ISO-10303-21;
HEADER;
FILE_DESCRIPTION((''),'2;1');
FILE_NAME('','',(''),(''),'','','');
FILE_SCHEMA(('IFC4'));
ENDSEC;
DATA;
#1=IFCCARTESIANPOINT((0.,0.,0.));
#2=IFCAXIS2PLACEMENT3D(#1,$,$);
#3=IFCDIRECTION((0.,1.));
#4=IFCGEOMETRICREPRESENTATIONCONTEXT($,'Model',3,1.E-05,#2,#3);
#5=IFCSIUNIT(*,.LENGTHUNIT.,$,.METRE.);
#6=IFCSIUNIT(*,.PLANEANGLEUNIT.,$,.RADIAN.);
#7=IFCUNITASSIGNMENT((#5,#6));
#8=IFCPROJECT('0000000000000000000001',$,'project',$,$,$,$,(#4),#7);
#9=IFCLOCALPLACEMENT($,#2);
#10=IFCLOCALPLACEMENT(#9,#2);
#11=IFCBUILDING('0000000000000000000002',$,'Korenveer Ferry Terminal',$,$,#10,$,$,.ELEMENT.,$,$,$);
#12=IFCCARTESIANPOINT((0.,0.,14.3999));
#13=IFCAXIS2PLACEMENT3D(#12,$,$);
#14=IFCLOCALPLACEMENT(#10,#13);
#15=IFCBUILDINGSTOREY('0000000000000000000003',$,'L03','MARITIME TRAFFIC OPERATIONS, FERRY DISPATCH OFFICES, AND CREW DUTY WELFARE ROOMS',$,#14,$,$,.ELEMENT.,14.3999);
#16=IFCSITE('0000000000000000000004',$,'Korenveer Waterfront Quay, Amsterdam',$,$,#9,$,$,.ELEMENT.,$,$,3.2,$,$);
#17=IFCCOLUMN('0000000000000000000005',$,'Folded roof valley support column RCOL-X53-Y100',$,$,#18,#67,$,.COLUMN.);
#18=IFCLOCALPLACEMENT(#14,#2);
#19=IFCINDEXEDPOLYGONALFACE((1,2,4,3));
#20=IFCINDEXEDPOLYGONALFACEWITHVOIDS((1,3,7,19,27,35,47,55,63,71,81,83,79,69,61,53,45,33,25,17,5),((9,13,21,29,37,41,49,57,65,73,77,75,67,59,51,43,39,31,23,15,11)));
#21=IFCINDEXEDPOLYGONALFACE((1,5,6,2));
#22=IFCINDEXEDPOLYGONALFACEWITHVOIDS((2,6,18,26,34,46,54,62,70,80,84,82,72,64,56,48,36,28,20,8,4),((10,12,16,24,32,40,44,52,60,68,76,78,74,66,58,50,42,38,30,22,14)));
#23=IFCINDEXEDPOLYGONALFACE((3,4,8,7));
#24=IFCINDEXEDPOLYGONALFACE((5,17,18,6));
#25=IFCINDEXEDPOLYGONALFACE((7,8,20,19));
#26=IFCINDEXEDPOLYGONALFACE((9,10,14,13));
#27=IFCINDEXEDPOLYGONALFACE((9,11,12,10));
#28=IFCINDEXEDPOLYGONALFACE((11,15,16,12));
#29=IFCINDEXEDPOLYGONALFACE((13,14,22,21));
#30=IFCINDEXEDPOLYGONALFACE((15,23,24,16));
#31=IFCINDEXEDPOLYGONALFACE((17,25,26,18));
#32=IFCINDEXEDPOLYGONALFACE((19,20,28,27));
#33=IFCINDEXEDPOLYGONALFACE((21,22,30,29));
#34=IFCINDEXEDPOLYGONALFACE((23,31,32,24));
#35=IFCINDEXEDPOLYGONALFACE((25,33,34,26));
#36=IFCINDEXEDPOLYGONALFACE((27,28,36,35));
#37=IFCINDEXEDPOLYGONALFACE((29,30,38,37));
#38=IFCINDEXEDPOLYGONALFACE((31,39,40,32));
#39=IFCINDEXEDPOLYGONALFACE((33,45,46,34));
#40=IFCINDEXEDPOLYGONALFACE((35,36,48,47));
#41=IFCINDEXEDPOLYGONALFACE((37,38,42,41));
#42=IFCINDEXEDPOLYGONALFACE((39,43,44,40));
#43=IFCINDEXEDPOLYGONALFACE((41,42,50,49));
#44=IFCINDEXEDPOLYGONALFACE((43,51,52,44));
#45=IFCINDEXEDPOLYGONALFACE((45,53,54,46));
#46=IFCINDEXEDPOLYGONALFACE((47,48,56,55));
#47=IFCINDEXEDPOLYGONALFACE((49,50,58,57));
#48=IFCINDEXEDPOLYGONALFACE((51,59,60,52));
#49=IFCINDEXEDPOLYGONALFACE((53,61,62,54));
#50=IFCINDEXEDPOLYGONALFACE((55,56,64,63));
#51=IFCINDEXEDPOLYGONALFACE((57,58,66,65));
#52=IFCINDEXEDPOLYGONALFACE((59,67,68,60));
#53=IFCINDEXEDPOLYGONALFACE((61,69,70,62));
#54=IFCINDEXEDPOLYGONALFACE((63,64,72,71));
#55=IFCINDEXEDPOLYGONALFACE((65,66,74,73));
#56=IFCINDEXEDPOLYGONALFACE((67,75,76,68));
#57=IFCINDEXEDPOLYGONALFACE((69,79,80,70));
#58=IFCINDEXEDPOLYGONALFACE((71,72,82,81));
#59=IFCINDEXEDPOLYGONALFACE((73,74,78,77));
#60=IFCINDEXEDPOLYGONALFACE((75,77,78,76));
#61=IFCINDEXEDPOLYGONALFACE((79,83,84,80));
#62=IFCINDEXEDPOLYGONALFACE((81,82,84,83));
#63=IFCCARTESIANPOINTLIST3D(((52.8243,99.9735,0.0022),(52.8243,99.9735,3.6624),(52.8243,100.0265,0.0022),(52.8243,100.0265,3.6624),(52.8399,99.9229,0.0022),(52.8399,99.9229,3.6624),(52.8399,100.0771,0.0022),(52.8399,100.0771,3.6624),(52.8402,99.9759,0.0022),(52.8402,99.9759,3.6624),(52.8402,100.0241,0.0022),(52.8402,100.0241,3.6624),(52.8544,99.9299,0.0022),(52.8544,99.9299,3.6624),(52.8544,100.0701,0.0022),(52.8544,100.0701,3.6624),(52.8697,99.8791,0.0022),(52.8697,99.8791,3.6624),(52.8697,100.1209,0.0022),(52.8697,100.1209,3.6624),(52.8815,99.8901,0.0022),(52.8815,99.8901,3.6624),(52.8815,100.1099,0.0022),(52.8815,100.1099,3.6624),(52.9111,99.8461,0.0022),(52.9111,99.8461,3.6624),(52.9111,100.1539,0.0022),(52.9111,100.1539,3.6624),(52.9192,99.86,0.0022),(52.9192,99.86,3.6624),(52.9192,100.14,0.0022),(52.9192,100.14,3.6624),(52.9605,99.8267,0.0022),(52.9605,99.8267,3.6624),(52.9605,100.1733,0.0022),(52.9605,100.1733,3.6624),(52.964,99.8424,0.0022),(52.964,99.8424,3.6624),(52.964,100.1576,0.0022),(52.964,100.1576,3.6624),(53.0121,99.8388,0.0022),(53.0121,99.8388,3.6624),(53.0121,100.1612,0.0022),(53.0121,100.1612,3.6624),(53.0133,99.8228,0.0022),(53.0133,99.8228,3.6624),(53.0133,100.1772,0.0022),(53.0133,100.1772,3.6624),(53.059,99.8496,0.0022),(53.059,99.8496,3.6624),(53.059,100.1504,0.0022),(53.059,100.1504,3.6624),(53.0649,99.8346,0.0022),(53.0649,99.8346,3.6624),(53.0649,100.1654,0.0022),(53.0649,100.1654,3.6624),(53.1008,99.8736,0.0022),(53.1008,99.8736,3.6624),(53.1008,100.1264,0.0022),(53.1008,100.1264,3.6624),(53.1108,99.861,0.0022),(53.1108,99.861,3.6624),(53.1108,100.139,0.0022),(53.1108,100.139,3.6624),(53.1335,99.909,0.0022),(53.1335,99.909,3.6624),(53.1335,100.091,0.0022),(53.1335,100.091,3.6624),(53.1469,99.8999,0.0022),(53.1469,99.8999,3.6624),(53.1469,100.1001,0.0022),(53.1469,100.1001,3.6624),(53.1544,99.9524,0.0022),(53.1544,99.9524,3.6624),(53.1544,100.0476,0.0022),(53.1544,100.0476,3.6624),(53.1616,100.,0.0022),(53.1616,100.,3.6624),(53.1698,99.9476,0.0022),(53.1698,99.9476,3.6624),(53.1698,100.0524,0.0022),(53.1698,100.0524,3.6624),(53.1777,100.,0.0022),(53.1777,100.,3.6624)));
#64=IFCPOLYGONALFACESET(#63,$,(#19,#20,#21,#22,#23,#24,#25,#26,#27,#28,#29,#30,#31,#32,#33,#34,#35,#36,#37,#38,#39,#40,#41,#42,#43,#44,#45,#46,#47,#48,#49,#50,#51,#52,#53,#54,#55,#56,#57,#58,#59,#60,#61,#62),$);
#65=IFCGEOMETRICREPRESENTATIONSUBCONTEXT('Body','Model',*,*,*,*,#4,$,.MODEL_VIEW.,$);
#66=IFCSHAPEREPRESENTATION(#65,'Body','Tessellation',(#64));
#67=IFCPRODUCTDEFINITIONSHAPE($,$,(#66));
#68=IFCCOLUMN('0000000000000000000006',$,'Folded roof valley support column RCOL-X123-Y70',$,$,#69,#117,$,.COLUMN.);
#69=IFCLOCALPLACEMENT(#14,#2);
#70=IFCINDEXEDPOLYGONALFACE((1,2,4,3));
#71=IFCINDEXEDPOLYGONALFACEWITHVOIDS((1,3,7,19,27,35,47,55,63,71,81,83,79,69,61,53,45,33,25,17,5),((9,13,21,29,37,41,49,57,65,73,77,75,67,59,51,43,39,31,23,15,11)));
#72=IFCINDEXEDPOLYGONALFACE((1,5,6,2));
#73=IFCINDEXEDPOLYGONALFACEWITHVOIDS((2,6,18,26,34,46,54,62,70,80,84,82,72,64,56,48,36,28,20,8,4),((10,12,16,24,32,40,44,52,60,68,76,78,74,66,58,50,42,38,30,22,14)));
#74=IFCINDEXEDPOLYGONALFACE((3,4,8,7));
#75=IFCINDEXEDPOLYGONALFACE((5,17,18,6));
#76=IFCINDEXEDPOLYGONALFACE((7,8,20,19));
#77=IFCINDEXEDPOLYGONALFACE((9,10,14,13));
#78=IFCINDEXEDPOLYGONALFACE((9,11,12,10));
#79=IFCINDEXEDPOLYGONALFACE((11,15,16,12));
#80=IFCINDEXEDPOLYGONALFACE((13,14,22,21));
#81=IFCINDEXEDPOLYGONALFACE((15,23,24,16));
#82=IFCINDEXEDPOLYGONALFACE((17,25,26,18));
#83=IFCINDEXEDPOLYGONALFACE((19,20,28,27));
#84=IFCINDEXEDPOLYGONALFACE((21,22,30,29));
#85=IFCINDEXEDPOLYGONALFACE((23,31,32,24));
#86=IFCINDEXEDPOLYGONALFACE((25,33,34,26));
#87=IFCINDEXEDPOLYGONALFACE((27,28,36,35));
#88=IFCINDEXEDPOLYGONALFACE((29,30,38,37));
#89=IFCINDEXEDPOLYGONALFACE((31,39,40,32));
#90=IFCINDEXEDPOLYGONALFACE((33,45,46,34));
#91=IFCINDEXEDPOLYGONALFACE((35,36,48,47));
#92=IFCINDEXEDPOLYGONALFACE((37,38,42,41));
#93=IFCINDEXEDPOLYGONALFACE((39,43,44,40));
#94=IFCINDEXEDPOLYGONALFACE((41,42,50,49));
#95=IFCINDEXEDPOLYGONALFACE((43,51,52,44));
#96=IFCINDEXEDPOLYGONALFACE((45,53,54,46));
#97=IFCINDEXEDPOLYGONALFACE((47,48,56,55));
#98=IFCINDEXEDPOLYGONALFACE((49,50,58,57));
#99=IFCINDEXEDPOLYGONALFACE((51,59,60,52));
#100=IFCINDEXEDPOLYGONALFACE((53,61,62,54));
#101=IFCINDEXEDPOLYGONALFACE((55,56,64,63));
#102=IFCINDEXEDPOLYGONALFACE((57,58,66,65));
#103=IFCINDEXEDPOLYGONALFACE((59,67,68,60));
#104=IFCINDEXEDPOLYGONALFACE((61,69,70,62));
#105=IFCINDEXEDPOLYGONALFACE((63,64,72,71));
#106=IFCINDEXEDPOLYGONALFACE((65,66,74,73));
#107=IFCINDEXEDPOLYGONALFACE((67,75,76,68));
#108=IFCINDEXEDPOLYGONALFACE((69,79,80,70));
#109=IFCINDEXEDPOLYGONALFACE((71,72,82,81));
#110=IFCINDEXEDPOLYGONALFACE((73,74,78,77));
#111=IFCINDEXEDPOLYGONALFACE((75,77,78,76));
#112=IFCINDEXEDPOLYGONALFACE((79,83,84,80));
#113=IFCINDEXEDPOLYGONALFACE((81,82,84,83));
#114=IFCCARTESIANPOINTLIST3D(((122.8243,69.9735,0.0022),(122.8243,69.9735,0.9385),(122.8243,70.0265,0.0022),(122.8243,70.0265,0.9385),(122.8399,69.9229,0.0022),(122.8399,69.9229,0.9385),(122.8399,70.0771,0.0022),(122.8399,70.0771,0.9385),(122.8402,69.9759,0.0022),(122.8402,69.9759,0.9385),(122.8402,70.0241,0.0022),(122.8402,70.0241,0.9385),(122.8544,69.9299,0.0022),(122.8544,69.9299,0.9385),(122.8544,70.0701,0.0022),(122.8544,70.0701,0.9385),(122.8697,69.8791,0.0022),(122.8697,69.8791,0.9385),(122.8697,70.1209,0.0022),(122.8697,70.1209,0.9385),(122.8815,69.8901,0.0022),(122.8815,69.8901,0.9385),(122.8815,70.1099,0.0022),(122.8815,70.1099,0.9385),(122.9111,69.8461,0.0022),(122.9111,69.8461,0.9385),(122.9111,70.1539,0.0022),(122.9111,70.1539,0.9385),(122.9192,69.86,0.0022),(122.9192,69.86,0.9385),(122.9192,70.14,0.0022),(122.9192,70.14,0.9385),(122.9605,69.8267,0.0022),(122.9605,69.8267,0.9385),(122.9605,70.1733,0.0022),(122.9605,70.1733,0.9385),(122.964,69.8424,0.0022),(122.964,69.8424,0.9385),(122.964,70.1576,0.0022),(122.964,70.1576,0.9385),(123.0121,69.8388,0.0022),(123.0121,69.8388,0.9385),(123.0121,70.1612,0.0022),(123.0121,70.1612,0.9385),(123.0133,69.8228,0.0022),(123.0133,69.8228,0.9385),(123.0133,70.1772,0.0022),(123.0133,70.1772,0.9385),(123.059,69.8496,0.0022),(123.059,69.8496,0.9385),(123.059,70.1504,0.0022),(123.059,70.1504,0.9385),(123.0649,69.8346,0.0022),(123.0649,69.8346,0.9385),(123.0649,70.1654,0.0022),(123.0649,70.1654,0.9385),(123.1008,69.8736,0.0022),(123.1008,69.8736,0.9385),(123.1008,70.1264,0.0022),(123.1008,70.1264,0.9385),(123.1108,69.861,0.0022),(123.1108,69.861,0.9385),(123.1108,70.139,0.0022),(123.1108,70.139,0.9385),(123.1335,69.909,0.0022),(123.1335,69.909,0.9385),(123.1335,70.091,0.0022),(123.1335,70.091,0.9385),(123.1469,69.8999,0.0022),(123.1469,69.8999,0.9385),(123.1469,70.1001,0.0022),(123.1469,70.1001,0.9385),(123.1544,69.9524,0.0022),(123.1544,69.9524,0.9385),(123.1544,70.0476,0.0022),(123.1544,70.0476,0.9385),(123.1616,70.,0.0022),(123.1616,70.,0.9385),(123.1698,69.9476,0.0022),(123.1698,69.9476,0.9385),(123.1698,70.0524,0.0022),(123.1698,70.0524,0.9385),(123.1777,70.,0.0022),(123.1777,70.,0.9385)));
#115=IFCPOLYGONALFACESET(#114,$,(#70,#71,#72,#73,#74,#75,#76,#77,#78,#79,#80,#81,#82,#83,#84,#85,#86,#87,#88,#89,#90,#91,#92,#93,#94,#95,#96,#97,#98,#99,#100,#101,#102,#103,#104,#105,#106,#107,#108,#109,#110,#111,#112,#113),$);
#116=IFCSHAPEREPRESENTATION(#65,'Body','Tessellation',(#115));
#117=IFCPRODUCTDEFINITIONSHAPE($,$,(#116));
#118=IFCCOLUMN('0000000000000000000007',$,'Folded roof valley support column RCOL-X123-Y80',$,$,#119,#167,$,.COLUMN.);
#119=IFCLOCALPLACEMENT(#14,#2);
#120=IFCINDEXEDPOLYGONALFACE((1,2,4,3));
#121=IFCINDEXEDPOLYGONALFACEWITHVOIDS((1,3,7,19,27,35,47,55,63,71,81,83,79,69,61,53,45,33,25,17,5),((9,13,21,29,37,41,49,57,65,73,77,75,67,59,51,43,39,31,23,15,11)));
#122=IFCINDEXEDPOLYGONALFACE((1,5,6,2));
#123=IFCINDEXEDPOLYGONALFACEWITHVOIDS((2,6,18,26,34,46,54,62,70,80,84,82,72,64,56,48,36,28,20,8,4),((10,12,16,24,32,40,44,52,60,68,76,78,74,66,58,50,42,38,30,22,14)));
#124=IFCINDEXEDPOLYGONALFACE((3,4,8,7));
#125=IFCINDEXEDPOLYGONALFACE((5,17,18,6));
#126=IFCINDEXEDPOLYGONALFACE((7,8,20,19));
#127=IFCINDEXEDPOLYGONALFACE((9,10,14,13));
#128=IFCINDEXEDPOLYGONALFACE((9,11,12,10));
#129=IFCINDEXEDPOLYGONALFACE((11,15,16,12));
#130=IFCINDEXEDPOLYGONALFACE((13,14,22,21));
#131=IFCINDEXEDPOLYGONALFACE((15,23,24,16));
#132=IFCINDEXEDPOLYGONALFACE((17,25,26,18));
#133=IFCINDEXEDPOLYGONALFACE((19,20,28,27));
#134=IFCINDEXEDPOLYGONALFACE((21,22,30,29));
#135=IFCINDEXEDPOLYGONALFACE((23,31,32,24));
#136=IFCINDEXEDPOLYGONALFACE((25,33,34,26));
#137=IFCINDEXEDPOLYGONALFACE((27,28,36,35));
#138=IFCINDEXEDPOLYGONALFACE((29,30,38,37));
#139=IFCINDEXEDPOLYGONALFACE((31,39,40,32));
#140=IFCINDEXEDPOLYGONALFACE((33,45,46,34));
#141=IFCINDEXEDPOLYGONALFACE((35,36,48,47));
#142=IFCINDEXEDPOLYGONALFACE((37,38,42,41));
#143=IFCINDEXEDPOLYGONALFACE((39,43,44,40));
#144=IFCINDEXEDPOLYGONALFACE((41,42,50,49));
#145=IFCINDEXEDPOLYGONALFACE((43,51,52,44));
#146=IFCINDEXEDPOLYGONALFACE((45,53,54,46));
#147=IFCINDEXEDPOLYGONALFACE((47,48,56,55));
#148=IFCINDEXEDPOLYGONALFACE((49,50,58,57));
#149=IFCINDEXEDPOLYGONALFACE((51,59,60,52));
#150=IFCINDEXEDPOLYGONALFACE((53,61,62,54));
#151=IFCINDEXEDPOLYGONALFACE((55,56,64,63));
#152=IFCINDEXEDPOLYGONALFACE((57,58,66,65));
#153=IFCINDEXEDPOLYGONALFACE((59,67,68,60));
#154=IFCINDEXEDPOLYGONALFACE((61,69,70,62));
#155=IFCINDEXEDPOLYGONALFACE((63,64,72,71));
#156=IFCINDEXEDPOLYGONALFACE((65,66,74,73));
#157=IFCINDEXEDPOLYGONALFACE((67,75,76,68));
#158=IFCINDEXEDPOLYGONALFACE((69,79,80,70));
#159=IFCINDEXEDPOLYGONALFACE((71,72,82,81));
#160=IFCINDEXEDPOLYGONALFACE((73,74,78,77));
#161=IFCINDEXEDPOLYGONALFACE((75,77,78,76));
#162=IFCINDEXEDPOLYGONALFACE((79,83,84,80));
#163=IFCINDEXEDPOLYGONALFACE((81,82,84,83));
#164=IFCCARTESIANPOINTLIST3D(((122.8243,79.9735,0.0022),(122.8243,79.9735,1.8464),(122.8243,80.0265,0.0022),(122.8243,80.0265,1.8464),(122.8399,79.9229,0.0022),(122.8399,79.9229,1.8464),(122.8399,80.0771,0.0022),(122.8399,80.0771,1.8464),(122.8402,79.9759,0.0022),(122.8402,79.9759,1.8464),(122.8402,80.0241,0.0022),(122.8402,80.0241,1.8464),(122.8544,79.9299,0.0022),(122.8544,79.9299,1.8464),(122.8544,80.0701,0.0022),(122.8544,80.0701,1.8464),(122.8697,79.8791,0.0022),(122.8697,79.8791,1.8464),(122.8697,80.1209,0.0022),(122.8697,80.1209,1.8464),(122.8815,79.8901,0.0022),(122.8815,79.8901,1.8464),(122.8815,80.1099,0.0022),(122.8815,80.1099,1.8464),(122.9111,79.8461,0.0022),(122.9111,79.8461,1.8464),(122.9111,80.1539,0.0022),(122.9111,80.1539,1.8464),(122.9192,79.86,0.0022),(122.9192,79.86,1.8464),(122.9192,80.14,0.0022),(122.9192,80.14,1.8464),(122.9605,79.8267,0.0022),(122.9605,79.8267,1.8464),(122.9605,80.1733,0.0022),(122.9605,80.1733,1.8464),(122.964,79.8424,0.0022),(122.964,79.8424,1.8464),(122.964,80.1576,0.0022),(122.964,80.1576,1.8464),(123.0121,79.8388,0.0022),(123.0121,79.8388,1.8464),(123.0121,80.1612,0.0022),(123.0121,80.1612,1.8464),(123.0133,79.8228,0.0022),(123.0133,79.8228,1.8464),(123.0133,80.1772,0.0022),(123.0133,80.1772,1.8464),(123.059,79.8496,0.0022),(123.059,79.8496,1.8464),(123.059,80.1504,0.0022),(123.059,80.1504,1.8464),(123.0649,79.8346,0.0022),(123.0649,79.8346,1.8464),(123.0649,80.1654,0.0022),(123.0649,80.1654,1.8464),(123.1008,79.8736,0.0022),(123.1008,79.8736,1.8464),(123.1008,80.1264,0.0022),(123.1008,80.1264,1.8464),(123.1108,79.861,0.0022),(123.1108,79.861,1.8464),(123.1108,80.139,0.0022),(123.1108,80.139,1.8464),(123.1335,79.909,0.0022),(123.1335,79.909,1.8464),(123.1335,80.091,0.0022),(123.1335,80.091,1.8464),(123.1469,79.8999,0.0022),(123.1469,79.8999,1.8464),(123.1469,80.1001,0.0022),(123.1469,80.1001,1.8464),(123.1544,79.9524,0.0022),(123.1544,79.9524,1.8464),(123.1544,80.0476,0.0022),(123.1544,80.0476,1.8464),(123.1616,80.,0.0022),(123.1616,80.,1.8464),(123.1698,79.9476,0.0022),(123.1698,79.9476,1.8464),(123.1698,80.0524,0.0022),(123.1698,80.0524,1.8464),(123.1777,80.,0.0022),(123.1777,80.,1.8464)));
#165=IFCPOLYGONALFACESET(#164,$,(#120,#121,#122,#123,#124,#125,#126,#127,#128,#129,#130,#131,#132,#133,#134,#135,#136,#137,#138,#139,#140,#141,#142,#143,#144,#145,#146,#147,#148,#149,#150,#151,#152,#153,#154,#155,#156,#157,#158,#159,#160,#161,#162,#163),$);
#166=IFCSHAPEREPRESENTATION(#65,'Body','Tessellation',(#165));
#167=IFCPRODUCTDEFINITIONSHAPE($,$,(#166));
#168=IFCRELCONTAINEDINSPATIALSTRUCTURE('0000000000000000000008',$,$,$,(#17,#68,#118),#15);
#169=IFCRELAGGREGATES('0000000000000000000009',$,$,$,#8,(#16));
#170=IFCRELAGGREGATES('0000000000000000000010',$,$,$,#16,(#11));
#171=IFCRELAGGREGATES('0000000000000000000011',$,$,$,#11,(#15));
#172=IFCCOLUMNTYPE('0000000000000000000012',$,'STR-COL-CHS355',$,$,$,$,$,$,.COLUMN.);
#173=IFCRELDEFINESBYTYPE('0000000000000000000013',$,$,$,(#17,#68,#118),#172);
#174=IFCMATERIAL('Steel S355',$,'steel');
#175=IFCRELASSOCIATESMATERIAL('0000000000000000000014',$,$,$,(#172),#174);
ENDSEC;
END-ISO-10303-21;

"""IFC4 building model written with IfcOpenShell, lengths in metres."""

from ifc_helpers import new_model, si_unit, direction, frame, origin, origin_2d, place, context, subcontext, project, spatial, hollow_circle, extrude, material, material_profile, profile_set, type_object, element, save


model = new_model("IFC4")

# Units and contexts
model_context = context("Model", 3, precision=1e-05, world=origin(), true_north=direction((0.0, 1.0)))
body_context = subcontext(model_context, "Body", "Model", "MODEL_VIEW")
ifc_project = project(units=[si_unit("LENGTHUNIT", "METRE"), si_unit("PLANEANGLEUNIT", "RADIAN")], contexts=[model_context])

# Site, building, storey
site_placement = place(None, origin())
site = spatial("IfcSite", under=ifc_project, at=site_placement, Name="Korenveer Waterfront Quay, Amsterdam", CompositionType="ELEMENT", RefElevation=3.2)
building_placement = place(site_placement, origin())
building = spatial("IfcBuilding", under=site, at=building_placement, Name="Korenveer Ferry Terminal", CompositionType="ELEMENT")
storey_placement = place(building_placement, frame((0.0, 0.0, 14.3999)))
storey = spatial("IfcBuildingStorey", under=building, at=storey_placement, Name="L03", Description="MARITIME TRAFFIC OPERATIONS, FERRY DISPATCH OFFICES, AND CREW DUTY WELFARE ROOMS", CompositionType="ELEMENT", Elevation=14.3999)

# Columns
ifc_material_1 = material(Name="Steel S355", Category="steel")
ifc_material_profile = material_profile(ifc_material_1, hollow_circle(Radius=0.1777, WallThickness=0.0161, at=origin_2d()), Name="CHS 355.6x16")
ifc_profile_set = profile_set([ifc_material_profile], Name="Steel S355")
column_type = type_object("IfcColumnType", Name="STR-COL-CHS355", PredefinedType="COLUMN", material=ifc_profile_set)
column_1_placement = place(storey_placement, frame((53.0, 100.0, 0.0022), z_axis=(0.0, 0.0, 1.0), x_axis=(1.0, 0.0, 0.0)))
element("IfcColumn", 1, at=column_1_placement, inside=storey, type_object=column_type, Name="Folded roof valley support column RCOL-X53-Y100", PredefinedType="COLUMN", context=body_context, shape_type="SweptSolid", body=[
    extrude(hollow_circle(Radius=0.1777, WallThickness=0.0161, at=origin_2d()), origin(), (0.0, 0.0, 1.0), 3.6602),
])
column_2_placement = place(storey_placement, frame((123.0, 70.0, 0.0022), z_axis=(0.0, 0.0, 1.0), x_axis=(1.0, 0.0, 0.0)))
element("IfcColumn", 2, at=column_2_placement, inside=storey, type_object=column_type, Name="Folded roof valley support column RCOL-X123-Y70", PredefinedType="COLUMN", context=body_context, shape_type="SweptSolid", body=[
    extrude(hollow_circle(Radius=0.1777, WallThickness=0.0161, at=origin_2d()), origin(), (0.0, 0.0, 1.0), 0.9363),
])
column_3_placement = place(storey_placement, frame((123.0, 80.0, 0.0022), z_axis=(0.0, 0.0, 1.0), x_axis=(1.0, 0.0, 0.0)))
element("IfcColumn", 3, at=column_3_placement, inside=storey, type_object=column_type, Name="Folded roof valley support column RCOL-X123-Y80", PredefinedType="COLUMN", context=body_context, shape_type="SweptSolid", body=[
    extrude(hollow_circle(Radius=0.1777, WallThickness=0.0161, at=origin_2d()), origin(), (0.0, 0.0, 1.0), 1.8442),
])

save(model, "model.ifc")
